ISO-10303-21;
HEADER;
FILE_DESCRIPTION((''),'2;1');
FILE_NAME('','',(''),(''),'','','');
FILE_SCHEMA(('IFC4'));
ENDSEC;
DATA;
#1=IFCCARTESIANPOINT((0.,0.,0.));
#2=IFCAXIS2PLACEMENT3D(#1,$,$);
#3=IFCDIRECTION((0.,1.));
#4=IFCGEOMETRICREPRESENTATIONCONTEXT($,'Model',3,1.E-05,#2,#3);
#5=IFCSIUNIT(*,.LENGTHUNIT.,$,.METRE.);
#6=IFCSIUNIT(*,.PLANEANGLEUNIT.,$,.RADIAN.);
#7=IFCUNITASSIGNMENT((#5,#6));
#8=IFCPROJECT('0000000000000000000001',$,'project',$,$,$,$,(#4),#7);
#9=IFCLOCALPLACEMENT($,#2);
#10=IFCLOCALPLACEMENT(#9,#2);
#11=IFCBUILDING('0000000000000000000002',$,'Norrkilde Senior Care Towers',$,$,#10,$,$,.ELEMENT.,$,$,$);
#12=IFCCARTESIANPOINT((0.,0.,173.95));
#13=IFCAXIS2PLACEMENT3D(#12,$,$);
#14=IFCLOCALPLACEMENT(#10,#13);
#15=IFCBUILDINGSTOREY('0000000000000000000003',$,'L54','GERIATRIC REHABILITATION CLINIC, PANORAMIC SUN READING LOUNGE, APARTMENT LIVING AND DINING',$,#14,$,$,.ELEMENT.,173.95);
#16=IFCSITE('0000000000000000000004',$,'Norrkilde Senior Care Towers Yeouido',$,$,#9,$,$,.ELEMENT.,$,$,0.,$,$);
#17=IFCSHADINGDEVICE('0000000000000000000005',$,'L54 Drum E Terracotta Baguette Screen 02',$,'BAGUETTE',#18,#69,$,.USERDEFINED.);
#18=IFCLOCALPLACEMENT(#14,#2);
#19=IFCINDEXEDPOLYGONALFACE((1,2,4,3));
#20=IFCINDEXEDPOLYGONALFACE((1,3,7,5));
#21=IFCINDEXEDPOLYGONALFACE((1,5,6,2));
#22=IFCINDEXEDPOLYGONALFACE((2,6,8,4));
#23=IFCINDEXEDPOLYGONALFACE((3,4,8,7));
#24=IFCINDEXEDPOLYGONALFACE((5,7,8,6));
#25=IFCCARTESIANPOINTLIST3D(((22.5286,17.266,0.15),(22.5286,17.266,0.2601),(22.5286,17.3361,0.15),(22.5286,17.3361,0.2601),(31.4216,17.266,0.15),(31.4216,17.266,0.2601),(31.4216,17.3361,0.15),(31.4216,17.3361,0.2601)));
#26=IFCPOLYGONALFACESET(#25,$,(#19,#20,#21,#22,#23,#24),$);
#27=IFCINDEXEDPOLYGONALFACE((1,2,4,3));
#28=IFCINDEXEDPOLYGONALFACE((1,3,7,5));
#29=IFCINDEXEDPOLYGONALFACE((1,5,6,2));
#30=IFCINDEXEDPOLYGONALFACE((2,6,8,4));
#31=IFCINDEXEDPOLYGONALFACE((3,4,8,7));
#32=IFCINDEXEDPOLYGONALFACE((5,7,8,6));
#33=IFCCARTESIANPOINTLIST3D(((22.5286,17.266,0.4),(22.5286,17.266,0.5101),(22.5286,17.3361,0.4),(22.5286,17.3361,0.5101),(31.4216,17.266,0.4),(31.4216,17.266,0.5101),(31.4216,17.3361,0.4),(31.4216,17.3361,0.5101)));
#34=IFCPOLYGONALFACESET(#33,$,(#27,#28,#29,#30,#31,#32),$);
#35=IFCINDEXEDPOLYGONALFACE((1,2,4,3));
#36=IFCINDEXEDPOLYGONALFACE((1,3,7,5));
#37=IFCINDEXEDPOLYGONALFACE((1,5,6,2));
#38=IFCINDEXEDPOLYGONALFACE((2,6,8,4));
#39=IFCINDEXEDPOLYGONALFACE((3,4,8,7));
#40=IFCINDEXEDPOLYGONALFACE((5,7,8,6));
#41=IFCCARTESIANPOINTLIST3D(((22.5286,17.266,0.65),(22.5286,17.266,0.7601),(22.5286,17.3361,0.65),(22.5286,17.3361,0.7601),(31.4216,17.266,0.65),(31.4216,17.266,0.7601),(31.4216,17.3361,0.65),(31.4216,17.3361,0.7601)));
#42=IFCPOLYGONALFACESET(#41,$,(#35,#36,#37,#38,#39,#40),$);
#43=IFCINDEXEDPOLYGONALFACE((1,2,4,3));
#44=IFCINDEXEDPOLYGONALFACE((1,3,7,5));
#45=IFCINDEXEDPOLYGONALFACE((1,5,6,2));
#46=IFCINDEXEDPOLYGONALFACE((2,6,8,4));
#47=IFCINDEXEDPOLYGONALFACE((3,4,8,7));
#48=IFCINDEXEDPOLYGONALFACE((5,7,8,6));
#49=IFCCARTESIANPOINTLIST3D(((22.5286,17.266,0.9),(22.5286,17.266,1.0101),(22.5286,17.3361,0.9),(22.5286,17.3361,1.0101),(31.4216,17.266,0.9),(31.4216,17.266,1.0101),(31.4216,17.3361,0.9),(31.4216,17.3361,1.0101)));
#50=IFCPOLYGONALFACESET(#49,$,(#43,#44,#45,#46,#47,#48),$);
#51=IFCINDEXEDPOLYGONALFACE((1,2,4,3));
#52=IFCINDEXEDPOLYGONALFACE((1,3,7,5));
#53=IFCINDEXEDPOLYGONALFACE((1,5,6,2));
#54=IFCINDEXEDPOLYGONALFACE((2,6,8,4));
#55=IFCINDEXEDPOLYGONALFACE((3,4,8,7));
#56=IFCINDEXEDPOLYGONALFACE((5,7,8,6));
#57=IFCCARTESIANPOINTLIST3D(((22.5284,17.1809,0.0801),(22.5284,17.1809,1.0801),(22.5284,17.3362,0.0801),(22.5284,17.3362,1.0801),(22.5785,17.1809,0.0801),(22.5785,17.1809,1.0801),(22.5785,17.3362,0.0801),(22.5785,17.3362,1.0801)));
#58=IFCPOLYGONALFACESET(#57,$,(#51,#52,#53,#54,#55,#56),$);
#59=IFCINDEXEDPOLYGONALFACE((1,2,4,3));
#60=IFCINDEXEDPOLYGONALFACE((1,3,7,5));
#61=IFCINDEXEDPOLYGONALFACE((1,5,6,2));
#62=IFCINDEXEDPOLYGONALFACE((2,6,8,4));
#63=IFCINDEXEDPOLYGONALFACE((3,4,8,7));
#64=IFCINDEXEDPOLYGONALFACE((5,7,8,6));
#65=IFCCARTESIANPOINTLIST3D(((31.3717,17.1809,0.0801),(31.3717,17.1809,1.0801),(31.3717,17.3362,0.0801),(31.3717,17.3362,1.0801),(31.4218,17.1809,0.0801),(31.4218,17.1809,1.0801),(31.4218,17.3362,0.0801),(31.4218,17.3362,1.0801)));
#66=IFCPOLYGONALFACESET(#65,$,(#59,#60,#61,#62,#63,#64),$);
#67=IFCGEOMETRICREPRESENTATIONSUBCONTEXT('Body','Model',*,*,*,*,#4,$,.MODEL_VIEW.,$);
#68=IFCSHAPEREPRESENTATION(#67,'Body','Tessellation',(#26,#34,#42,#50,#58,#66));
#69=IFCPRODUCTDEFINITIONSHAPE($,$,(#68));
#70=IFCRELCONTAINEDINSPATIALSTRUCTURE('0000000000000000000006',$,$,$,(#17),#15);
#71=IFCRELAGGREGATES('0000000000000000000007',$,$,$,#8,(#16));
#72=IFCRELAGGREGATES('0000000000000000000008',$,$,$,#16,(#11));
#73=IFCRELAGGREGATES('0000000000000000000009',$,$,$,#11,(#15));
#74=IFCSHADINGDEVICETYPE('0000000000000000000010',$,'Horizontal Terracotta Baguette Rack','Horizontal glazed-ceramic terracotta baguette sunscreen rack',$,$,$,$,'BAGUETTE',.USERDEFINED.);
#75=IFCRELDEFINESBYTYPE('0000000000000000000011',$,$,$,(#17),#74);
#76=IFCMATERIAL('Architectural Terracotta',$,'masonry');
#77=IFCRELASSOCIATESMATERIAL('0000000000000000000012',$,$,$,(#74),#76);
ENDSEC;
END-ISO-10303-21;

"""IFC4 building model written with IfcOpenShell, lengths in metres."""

from ifc_helpers import new_model, si_unit, direction, frame, origin, origin_2d, place, context, subcontext, project, spatial, rectangle, extrude, source, transform, mapped, material, type_object, type_shapes, element, save


model = new_model("IFC4")

# Units and contexts
model_context = context("Model", 3, precision=1e-05, world=origin(), true_north=direction((0.0, 1.0)))
body_context = subcontext(model_context, "Body", "Model", "MODEL_VIEW")
ifc_project = project(units=[si_unit("LENGTHUNIT", "METRE"), si_unit("PLANEANGLEUNIT", "RADIAN")], contexts=[model_context])

# Site, building, storey
site_placement = place(None, origin())
site = spatial("IfcSite", under=ifc_project, at=site_placement, Name="Norrkilde Senior Care Towers Yeouido", CompositionType="ELEMENT", RefElevation=0.0)
building_placement = place(site_placement, origin())
building = spatial("IfcBuilding", under=site, at=building_placement, Name="Norrkilde Senior Care Towers", CompositionType="ELEMENT")
storey_placement = place(building_placement, frame((0.0, 0.0, 173.95)))
storey = spatial("IfcBuildingStorey", under=building, at=storey_placement, Name="L54", Description="GERIATRIC REHABILITATION CLINIC, PANORAMIC SUN READING LOUNGE, APARTMENT LIVING AND DINING", CompositionType="ELEMENT", Elevation=173.95)

# Shading device
ifc_material_1 = material(Name="Architectural Terracotta", Category="masonry")
shading_device_type = type_object("IfcShadingDeviceType", Name="Horizontal Terracotta Baguette Rack", Description="Horizontal glazed-ceramic terracotta baguette sunscreen rack", ElementType="BAGUETTE", PredefinedType="USERDEFINED", material=ifc_material_1)
shared_shape_1 = source(origin(), body_context, "Body", "SweptSolid", [
    extrude(rectangle(XDim=0.0701, YDim=0.1101, at=origin_2d()), frame((0.0, 0.0901, 0.125), z_axis=(1.0, 0.0, 0.0), x_axis=(0.0, 1.0, 0.0)), (0.0, 0.0, 1.0), 8.8931),
    extrude(rectangle(XDim=0.0701, YDim=0.1101, at=origin_2d()), frame((0.0, 0.0901, 0.375), z_axis=(1.0, 0.0, 0.0), x_axis=(0.0, 1.0, 0.0)), (0.0, 0.0, 1.0), 8.8931),
    extrude(rectangle(XDim=0.0701, YDim=0.1101, at=origin_2d()), frame((0.0, 0.0901, 0.625), z_axis=(1.0, 0.0, 0.0), x_axis=(0.0, 1.0, 0.0)), (0.0, 0.0, 1.0), 8.8931),
    extrude(rectangle(XDim=0.0701, YDim=0.1101, at=origin_2d()), frame((0.0, 0.0901, 0.875), z_axis=(1.0, 0.0, 0.0), x_axis=(0.0, 1.0, 0.0)), (0.0, 0.0, 1.0), 8.8931),
    extrude(rectangle(XDim=0.05, YDim=0.1553, at=origin_2d()), frame((0.0249, 0.0476, 0.0)), (0.0, 0.0, 1.0), 1.0),
    extrude(rectangle(XDim=0.05, YDim=0.1553, at=origin_2d()), frame((8.8682, 0.0476, 0.0)), (0.0, 0.0, 1.0), 1.0),
])
type_shapes(shading_device_type, [shared_shape_1])
shading_device_placement = place(storey_placement, frame((22.5286, 17.2109, 0.0801), z_axis=(0.0, 0.0, 1.0), x_axis=(1.0, 0.0, 0.0)))
element("IfcShadingDevice", 1, at=shading_device_placement, inside=storey, type_object=shading_device_type, Name="L54 Drum E Terracotta Baguette Screen 02", ObjectType="BAGUETTE", PredefinedType="USERDEFINED", context=body_context, shape_type="MappedRepresentation", body=[
    mapped(shared_shape_1, transform((0.0, 0.0, 0.0), x_axis=(1.0, 0.0, 0.0), y_axis=(0.0, 1.0, 0.0), z_axis=(0.0, 0.0, 1.0), scale=1.0)),
])

save(model, "model.ifc")
